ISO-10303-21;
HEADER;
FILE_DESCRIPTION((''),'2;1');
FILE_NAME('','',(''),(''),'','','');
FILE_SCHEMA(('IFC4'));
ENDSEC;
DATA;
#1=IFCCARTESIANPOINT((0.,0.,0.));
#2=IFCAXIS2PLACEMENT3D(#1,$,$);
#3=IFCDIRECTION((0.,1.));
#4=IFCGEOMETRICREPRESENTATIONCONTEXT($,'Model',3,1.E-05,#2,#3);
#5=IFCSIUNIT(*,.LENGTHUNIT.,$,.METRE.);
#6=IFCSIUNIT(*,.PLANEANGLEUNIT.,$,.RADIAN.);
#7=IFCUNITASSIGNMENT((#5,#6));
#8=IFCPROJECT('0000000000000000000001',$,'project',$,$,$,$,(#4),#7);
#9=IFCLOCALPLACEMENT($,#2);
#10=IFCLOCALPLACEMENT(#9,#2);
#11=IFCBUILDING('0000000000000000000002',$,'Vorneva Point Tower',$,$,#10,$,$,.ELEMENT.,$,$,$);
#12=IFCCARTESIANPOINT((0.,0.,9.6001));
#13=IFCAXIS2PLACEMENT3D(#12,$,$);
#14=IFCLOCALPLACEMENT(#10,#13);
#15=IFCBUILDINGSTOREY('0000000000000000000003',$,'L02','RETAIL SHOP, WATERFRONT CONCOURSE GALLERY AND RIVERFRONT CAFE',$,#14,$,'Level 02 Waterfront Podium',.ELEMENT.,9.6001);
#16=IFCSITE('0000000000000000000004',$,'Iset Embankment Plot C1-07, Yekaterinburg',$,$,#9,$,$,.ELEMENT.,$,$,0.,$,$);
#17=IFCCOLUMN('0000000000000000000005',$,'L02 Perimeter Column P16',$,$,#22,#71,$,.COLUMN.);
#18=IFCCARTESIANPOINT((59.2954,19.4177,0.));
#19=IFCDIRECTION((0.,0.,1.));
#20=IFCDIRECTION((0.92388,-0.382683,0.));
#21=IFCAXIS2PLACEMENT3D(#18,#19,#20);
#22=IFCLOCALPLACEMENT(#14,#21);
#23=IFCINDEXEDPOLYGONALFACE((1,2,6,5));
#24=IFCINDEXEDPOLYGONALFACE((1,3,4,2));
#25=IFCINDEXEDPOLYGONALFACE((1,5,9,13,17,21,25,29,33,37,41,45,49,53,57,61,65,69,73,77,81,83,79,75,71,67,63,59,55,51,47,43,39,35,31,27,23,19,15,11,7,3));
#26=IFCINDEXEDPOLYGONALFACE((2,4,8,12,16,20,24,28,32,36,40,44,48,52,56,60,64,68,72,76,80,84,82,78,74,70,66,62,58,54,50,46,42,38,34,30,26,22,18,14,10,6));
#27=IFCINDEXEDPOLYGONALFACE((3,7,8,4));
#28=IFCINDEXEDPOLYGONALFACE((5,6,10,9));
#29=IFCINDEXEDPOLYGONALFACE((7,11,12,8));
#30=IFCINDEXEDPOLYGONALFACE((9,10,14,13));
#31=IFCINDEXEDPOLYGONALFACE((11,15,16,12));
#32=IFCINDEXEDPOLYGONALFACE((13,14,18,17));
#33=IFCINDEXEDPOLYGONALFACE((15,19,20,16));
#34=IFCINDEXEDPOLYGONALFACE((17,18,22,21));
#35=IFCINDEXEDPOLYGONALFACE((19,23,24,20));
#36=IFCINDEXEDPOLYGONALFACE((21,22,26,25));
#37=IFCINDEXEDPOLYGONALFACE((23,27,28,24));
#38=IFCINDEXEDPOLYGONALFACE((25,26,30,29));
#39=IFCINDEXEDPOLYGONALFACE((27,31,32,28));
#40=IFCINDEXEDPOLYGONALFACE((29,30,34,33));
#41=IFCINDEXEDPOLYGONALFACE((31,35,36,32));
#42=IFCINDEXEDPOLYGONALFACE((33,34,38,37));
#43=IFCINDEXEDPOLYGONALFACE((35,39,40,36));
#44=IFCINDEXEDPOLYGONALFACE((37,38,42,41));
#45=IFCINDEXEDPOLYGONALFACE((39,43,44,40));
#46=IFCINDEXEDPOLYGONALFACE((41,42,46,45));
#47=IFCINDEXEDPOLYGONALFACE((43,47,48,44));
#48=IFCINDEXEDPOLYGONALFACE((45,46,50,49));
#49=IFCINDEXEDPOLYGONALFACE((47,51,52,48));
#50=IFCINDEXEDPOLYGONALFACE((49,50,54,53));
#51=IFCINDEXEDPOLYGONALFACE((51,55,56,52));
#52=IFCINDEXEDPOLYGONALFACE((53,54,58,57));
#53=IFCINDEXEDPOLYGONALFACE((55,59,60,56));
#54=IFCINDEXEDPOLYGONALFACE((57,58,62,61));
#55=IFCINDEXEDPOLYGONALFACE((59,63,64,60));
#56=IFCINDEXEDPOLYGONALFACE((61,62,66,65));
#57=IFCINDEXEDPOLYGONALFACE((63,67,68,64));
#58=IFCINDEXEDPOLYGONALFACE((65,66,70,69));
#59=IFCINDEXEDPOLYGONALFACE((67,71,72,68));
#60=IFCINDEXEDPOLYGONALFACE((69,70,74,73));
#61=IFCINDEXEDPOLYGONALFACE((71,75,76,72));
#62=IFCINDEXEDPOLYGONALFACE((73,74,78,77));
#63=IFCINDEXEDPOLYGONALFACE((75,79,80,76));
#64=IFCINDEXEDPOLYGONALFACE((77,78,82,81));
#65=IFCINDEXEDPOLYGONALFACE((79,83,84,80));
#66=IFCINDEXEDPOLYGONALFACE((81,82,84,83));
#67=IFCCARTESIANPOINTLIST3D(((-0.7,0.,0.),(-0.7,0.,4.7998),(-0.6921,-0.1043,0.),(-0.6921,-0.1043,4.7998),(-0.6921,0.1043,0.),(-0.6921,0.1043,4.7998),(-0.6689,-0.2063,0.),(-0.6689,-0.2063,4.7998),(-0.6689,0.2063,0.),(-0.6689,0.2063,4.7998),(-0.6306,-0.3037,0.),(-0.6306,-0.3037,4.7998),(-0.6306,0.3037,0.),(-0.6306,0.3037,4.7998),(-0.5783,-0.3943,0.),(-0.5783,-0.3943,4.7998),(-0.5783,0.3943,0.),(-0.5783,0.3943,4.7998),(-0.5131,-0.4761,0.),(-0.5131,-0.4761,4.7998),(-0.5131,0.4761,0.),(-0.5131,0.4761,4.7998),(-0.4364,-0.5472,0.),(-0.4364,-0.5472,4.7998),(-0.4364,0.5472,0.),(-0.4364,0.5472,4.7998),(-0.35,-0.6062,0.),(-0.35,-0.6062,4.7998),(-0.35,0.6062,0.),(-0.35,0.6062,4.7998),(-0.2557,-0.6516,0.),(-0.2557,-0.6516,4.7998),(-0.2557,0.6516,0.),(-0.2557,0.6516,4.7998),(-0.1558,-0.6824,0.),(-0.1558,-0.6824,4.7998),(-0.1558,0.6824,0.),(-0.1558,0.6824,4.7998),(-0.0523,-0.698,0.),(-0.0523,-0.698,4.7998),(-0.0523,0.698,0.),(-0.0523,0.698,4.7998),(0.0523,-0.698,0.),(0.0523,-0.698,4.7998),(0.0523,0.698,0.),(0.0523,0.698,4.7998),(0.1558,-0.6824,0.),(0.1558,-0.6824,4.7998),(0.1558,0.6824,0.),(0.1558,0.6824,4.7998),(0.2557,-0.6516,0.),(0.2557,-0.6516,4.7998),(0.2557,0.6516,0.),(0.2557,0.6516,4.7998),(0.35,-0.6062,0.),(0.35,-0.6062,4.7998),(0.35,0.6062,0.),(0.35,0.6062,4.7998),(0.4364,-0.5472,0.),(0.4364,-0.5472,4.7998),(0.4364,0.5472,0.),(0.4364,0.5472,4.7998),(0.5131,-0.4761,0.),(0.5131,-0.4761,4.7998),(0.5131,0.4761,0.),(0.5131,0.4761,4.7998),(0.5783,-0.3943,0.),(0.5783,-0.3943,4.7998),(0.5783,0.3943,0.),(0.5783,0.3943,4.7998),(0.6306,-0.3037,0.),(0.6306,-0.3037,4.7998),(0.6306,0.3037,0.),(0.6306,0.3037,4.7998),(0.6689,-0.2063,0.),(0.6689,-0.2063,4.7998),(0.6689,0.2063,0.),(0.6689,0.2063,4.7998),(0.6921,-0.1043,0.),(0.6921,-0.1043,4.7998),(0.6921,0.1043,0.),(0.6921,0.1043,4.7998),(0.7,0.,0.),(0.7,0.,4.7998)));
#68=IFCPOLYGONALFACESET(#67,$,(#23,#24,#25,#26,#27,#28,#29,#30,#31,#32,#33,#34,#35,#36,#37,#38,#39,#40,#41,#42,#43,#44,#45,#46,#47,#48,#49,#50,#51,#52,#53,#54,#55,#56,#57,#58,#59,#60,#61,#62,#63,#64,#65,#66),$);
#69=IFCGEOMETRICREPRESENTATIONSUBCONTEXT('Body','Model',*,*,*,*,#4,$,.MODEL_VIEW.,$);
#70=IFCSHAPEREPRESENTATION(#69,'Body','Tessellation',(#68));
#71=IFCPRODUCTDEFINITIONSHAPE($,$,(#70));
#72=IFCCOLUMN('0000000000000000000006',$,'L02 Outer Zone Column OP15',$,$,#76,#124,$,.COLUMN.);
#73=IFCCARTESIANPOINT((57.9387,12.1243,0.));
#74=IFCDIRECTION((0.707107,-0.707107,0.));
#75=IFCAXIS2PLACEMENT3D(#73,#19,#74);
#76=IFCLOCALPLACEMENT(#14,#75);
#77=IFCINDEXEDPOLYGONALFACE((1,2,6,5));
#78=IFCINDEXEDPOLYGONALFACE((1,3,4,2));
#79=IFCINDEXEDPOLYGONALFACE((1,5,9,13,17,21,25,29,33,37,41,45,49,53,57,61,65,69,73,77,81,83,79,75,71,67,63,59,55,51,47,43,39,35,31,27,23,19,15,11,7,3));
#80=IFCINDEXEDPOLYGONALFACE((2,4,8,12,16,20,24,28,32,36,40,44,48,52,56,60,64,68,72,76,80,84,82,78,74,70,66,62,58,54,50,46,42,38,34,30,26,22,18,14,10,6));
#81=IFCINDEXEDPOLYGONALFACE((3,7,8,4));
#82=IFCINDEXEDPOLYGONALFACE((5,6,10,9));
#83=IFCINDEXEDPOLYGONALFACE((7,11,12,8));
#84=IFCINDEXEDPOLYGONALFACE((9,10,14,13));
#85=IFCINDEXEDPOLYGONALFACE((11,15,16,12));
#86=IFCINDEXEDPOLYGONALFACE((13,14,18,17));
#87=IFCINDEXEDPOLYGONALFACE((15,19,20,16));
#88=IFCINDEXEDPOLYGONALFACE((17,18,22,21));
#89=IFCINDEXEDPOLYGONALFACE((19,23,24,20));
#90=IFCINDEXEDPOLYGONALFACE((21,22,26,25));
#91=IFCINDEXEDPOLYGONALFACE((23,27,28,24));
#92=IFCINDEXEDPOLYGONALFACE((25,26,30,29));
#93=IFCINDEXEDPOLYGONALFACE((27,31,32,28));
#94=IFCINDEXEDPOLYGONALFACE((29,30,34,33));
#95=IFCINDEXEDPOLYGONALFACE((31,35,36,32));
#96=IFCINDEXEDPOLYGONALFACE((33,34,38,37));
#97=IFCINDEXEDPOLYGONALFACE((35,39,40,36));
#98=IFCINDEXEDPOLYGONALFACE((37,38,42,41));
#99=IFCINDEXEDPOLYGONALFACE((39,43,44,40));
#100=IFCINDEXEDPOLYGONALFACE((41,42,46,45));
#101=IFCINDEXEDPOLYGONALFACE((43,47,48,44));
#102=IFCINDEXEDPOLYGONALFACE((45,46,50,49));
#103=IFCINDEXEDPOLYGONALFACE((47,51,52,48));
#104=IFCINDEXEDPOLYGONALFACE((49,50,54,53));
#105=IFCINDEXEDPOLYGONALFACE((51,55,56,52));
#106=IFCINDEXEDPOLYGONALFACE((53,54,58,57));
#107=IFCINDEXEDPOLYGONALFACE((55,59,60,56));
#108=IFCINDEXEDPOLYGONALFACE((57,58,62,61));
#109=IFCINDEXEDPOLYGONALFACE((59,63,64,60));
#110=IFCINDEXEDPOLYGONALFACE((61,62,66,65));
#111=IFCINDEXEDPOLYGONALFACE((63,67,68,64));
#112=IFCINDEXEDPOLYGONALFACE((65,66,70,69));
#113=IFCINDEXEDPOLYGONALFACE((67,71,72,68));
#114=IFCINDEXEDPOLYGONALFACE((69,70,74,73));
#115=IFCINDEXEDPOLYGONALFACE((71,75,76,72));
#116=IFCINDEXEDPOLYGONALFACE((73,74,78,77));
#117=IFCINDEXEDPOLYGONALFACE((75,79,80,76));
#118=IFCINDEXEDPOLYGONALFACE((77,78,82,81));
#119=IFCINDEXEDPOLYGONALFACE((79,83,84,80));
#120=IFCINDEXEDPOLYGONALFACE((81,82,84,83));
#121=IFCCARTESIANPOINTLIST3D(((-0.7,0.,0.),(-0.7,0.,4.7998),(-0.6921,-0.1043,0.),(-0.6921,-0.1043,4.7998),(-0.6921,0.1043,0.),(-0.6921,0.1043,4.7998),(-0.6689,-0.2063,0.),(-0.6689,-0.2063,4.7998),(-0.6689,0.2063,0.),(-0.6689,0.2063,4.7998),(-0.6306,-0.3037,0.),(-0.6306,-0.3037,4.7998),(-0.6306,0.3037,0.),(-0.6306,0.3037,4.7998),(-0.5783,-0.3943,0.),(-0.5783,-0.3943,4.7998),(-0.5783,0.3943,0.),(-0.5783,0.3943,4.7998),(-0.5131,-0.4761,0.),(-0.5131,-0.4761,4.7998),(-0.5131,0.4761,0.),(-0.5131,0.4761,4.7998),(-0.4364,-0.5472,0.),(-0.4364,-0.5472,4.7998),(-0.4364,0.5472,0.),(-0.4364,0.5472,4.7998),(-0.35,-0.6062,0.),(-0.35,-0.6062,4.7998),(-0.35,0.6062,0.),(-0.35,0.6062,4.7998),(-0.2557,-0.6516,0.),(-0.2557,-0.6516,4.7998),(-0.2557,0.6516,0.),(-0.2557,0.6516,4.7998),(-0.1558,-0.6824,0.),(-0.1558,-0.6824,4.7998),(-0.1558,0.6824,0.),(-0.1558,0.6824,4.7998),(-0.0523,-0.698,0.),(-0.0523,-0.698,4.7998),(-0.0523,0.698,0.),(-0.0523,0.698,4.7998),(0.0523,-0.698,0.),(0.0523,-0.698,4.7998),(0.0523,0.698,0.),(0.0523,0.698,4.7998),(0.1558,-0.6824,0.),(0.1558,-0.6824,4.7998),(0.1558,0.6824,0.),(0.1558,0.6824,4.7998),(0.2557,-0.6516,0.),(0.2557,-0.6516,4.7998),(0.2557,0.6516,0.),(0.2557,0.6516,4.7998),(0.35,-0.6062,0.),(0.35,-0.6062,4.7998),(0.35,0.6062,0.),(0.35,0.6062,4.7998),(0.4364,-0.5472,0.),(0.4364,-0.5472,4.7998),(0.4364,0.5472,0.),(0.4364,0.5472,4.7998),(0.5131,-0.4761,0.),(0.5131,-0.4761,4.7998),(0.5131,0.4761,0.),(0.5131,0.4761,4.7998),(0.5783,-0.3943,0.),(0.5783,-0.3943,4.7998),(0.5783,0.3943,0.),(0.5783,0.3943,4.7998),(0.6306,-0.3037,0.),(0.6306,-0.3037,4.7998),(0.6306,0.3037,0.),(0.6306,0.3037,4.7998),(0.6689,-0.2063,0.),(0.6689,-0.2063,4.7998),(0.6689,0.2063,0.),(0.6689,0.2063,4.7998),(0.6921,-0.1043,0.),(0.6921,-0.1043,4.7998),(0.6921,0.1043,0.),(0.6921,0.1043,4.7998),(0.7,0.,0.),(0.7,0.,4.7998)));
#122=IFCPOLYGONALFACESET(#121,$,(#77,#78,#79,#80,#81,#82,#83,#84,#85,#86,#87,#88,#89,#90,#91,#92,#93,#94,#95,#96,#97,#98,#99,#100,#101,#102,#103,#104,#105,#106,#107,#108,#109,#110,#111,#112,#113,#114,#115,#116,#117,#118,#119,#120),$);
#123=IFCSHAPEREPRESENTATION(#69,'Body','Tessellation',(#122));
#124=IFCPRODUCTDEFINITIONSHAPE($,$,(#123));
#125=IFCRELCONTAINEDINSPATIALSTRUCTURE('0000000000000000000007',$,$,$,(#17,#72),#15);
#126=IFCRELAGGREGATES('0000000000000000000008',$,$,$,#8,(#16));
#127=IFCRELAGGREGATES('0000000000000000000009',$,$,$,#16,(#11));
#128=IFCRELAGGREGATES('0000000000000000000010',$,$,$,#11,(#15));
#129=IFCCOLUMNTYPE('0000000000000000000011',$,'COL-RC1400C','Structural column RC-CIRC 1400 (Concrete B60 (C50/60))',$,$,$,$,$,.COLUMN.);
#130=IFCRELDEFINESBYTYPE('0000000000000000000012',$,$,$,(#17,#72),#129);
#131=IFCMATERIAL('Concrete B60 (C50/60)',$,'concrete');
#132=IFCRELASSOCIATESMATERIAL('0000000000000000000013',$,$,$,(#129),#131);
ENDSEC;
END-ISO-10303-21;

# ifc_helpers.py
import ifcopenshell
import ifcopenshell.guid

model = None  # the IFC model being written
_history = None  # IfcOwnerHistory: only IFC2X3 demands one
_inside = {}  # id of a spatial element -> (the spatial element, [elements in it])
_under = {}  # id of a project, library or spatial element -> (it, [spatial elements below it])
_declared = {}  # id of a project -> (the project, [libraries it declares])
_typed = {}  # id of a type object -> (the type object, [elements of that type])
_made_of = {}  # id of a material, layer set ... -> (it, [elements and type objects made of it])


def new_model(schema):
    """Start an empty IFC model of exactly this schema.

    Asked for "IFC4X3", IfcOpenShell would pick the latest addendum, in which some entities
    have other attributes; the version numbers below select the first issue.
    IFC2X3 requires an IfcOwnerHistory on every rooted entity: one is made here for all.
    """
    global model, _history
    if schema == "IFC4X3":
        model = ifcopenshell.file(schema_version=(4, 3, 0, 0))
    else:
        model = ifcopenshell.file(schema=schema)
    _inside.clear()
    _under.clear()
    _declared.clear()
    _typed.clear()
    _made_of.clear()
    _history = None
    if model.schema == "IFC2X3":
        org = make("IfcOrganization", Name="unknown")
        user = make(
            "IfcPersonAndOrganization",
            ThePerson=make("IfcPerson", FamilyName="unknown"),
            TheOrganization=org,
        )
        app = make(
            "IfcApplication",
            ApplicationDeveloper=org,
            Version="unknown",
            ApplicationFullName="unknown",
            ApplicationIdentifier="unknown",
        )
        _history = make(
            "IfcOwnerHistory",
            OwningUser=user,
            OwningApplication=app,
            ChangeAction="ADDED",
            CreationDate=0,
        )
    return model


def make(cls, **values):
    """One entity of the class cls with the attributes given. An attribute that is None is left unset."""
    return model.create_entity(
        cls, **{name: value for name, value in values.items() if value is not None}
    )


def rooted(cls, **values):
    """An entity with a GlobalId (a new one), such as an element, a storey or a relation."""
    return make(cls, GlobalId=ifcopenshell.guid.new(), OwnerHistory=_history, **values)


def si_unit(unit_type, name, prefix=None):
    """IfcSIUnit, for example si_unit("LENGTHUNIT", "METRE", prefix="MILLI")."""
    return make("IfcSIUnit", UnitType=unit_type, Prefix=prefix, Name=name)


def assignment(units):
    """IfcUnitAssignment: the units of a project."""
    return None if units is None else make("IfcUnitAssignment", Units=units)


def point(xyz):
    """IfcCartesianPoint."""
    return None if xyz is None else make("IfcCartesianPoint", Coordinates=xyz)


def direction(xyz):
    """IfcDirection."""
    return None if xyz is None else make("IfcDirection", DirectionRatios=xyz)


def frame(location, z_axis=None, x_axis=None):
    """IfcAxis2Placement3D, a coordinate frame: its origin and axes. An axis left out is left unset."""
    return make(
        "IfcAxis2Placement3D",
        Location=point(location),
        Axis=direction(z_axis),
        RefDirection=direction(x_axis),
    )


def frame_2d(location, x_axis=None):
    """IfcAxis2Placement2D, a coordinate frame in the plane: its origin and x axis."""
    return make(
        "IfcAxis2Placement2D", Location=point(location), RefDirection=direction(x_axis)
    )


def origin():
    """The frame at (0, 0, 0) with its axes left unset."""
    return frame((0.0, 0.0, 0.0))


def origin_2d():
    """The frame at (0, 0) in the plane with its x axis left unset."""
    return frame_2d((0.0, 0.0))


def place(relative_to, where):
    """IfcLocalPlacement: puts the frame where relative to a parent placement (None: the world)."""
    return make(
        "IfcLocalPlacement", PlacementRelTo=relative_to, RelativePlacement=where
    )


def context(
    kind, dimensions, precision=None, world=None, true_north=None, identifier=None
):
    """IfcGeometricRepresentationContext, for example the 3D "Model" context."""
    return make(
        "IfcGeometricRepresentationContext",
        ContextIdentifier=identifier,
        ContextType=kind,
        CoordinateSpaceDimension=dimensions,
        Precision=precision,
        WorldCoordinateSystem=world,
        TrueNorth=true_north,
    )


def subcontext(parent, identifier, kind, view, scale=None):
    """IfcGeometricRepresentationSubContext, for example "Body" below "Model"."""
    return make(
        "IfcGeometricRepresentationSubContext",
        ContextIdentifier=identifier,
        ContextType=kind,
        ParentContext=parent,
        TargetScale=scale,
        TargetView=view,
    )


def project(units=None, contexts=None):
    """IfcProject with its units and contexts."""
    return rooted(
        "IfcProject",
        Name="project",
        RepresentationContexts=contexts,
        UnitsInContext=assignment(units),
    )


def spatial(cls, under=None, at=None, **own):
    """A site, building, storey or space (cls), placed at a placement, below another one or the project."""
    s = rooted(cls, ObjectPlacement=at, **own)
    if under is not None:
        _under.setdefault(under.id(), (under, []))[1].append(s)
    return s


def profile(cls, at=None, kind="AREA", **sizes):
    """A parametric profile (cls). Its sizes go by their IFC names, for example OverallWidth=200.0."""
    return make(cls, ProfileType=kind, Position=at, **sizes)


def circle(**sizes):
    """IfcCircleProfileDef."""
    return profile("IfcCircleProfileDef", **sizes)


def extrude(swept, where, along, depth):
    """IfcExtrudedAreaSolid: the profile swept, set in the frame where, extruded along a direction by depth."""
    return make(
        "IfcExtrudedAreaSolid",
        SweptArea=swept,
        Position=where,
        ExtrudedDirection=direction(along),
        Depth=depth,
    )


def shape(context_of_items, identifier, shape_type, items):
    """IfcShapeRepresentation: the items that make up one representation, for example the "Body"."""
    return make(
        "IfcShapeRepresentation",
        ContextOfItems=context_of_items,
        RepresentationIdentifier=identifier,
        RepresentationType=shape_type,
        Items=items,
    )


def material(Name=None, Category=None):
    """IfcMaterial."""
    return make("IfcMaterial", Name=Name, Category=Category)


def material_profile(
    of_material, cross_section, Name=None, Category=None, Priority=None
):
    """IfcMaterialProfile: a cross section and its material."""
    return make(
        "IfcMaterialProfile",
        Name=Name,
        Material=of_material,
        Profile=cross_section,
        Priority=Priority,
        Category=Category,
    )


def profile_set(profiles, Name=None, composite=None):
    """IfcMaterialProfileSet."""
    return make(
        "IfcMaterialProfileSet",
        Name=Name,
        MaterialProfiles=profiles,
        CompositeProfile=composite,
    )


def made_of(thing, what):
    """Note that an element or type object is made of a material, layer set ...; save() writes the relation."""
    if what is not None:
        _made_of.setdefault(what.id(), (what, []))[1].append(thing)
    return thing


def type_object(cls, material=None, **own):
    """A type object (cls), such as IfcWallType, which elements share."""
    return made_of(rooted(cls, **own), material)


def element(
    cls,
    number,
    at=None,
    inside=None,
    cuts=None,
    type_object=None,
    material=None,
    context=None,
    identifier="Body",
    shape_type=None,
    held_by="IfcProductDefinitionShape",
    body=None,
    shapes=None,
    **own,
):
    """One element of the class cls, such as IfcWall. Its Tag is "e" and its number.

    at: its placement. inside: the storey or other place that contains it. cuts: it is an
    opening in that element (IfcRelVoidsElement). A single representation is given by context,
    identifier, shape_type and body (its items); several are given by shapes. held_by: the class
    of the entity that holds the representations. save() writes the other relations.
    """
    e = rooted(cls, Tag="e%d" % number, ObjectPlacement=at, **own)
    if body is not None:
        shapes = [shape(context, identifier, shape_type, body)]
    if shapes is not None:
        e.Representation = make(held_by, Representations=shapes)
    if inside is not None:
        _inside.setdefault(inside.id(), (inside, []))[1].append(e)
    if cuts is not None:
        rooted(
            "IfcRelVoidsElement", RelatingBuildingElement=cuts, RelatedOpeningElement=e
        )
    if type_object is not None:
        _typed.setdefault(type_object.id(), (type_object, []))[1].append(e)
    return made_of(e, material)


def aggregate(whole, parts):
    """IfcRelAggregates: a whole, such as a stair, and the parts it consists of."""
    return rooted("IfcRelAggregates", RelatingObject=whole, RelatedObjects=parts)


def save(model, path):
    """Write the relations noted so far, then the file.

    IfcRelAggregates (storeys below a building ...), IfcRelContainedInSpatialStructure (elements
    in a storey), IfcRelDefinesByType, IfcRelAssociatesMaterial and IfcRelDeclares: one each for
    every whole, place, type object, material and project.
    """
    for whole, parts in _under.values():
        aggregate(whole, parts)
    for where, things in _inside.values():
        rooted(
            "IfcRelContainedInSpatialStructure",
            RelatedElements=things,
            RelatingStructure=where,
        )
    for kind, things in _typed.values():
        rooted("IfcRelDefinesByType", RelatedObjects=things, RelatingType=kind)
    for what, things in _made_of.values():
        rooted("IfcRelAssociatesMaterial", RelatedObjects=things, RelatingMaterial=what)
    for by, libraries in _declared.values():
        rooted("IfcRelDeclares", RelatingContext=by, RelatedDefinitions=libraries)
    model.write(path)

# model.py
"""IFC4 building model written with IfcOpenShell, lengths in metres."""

from ifc_helpers import new_model, si_unit, direction, frame, origin, origin_2d, place, context, subcontext, project, spatial, circle, extrude, material, material_profile, profile_set, type_object, element, save


model = new_model("IFC4")

# Units and contexts
model_context = context("Model", 3, precision=1e-05, world=origin(), true_north=direction((0.0, 1.0)))
body_context = subcontext(model_context, "Body", "Model", "MODEL_VIEW")
ifc_project = project(units=[si_unit("LENGTHUNIT", "METRE"), si_unit("PLANEANGLEUNIT", "RADIAN")], contexts=[model_context])

# Site, building, storey
site_placement = place(None, origin())
site = spatial("IfcSite", under=ifc_project, at=site_placement, Name="Iset Embankment Plot C1-07, Yekaterinburg", CompositionType="ELEMENT", RefElevation=0.0)
building_placement = place(site_placement, origin())
building = spatial("IfcBuilding", under=site, at=building_placement, Name="Vorneva Point Tower", CompositionType="ELEMENT")
storey_placement = place(building_placement, frame((0.0, 0.0, 9.6001)))
storey = spatial("IfcBuildingStorey", under=building, at=storey_placement, Name="L02", Description="RETAIL SHOP, WATERFRONT CONCOURSE GALLERY AND RIVERFRONT CAFE", LongName="Level 02 Waterfront Podium", CompositionType="ELEMENT", Elevation=9.6001)

# Columns
ifc_material_1 = material(Name="Concrete B60 (C50/60)", Category="concrete")
ifc_material_profile_1 = material_profile(ifc_material_1, circle(Radius=0.7, at=origin_2d()), Name="RC-CIRC 1400")
ifc_profile_set_1 = profile_set([ifc_material_profile_1], Name="Concrete B60 (C50/60)")
column_type = type_object("IfcColumnType", Name="COL-RC1400C", Description="Structural column RC-CIRC 1400 (Concrete B60 (C50/60))", PredefinedType="COLUMN", material=ifc_profile_set_1)
for number, where, z_axis, x_axis, name in (
    (1, (59.2954, 19.4177, 0.0), (0.0, 0.0, 1.0), (0.92388, -0.382683, 0.0), "L02 Perimeter Column P16"),
    (2, (57.9387, 12.1243, 0.0), (0.0, 0.0, 1.0), (0.707107, -0.707107, 0.0), "L02 Outer Zone Column OP15"),
):
    element("IfcColumn", number, at=place(storey_placement, frame(where, z_axis=z_axis, x_axis=x_axis)), inside=storey, type_object=column_type, Name=name, PredefinedType="COLUMN", context=body_context, shape_type="SweptSolid", body=[
        extrude(circle(Radius=0.7, at=origin_2d()), origin(), (0.0, 0.0, 1.0), 4.7998),
    ])

save(model, "model.ifc")
